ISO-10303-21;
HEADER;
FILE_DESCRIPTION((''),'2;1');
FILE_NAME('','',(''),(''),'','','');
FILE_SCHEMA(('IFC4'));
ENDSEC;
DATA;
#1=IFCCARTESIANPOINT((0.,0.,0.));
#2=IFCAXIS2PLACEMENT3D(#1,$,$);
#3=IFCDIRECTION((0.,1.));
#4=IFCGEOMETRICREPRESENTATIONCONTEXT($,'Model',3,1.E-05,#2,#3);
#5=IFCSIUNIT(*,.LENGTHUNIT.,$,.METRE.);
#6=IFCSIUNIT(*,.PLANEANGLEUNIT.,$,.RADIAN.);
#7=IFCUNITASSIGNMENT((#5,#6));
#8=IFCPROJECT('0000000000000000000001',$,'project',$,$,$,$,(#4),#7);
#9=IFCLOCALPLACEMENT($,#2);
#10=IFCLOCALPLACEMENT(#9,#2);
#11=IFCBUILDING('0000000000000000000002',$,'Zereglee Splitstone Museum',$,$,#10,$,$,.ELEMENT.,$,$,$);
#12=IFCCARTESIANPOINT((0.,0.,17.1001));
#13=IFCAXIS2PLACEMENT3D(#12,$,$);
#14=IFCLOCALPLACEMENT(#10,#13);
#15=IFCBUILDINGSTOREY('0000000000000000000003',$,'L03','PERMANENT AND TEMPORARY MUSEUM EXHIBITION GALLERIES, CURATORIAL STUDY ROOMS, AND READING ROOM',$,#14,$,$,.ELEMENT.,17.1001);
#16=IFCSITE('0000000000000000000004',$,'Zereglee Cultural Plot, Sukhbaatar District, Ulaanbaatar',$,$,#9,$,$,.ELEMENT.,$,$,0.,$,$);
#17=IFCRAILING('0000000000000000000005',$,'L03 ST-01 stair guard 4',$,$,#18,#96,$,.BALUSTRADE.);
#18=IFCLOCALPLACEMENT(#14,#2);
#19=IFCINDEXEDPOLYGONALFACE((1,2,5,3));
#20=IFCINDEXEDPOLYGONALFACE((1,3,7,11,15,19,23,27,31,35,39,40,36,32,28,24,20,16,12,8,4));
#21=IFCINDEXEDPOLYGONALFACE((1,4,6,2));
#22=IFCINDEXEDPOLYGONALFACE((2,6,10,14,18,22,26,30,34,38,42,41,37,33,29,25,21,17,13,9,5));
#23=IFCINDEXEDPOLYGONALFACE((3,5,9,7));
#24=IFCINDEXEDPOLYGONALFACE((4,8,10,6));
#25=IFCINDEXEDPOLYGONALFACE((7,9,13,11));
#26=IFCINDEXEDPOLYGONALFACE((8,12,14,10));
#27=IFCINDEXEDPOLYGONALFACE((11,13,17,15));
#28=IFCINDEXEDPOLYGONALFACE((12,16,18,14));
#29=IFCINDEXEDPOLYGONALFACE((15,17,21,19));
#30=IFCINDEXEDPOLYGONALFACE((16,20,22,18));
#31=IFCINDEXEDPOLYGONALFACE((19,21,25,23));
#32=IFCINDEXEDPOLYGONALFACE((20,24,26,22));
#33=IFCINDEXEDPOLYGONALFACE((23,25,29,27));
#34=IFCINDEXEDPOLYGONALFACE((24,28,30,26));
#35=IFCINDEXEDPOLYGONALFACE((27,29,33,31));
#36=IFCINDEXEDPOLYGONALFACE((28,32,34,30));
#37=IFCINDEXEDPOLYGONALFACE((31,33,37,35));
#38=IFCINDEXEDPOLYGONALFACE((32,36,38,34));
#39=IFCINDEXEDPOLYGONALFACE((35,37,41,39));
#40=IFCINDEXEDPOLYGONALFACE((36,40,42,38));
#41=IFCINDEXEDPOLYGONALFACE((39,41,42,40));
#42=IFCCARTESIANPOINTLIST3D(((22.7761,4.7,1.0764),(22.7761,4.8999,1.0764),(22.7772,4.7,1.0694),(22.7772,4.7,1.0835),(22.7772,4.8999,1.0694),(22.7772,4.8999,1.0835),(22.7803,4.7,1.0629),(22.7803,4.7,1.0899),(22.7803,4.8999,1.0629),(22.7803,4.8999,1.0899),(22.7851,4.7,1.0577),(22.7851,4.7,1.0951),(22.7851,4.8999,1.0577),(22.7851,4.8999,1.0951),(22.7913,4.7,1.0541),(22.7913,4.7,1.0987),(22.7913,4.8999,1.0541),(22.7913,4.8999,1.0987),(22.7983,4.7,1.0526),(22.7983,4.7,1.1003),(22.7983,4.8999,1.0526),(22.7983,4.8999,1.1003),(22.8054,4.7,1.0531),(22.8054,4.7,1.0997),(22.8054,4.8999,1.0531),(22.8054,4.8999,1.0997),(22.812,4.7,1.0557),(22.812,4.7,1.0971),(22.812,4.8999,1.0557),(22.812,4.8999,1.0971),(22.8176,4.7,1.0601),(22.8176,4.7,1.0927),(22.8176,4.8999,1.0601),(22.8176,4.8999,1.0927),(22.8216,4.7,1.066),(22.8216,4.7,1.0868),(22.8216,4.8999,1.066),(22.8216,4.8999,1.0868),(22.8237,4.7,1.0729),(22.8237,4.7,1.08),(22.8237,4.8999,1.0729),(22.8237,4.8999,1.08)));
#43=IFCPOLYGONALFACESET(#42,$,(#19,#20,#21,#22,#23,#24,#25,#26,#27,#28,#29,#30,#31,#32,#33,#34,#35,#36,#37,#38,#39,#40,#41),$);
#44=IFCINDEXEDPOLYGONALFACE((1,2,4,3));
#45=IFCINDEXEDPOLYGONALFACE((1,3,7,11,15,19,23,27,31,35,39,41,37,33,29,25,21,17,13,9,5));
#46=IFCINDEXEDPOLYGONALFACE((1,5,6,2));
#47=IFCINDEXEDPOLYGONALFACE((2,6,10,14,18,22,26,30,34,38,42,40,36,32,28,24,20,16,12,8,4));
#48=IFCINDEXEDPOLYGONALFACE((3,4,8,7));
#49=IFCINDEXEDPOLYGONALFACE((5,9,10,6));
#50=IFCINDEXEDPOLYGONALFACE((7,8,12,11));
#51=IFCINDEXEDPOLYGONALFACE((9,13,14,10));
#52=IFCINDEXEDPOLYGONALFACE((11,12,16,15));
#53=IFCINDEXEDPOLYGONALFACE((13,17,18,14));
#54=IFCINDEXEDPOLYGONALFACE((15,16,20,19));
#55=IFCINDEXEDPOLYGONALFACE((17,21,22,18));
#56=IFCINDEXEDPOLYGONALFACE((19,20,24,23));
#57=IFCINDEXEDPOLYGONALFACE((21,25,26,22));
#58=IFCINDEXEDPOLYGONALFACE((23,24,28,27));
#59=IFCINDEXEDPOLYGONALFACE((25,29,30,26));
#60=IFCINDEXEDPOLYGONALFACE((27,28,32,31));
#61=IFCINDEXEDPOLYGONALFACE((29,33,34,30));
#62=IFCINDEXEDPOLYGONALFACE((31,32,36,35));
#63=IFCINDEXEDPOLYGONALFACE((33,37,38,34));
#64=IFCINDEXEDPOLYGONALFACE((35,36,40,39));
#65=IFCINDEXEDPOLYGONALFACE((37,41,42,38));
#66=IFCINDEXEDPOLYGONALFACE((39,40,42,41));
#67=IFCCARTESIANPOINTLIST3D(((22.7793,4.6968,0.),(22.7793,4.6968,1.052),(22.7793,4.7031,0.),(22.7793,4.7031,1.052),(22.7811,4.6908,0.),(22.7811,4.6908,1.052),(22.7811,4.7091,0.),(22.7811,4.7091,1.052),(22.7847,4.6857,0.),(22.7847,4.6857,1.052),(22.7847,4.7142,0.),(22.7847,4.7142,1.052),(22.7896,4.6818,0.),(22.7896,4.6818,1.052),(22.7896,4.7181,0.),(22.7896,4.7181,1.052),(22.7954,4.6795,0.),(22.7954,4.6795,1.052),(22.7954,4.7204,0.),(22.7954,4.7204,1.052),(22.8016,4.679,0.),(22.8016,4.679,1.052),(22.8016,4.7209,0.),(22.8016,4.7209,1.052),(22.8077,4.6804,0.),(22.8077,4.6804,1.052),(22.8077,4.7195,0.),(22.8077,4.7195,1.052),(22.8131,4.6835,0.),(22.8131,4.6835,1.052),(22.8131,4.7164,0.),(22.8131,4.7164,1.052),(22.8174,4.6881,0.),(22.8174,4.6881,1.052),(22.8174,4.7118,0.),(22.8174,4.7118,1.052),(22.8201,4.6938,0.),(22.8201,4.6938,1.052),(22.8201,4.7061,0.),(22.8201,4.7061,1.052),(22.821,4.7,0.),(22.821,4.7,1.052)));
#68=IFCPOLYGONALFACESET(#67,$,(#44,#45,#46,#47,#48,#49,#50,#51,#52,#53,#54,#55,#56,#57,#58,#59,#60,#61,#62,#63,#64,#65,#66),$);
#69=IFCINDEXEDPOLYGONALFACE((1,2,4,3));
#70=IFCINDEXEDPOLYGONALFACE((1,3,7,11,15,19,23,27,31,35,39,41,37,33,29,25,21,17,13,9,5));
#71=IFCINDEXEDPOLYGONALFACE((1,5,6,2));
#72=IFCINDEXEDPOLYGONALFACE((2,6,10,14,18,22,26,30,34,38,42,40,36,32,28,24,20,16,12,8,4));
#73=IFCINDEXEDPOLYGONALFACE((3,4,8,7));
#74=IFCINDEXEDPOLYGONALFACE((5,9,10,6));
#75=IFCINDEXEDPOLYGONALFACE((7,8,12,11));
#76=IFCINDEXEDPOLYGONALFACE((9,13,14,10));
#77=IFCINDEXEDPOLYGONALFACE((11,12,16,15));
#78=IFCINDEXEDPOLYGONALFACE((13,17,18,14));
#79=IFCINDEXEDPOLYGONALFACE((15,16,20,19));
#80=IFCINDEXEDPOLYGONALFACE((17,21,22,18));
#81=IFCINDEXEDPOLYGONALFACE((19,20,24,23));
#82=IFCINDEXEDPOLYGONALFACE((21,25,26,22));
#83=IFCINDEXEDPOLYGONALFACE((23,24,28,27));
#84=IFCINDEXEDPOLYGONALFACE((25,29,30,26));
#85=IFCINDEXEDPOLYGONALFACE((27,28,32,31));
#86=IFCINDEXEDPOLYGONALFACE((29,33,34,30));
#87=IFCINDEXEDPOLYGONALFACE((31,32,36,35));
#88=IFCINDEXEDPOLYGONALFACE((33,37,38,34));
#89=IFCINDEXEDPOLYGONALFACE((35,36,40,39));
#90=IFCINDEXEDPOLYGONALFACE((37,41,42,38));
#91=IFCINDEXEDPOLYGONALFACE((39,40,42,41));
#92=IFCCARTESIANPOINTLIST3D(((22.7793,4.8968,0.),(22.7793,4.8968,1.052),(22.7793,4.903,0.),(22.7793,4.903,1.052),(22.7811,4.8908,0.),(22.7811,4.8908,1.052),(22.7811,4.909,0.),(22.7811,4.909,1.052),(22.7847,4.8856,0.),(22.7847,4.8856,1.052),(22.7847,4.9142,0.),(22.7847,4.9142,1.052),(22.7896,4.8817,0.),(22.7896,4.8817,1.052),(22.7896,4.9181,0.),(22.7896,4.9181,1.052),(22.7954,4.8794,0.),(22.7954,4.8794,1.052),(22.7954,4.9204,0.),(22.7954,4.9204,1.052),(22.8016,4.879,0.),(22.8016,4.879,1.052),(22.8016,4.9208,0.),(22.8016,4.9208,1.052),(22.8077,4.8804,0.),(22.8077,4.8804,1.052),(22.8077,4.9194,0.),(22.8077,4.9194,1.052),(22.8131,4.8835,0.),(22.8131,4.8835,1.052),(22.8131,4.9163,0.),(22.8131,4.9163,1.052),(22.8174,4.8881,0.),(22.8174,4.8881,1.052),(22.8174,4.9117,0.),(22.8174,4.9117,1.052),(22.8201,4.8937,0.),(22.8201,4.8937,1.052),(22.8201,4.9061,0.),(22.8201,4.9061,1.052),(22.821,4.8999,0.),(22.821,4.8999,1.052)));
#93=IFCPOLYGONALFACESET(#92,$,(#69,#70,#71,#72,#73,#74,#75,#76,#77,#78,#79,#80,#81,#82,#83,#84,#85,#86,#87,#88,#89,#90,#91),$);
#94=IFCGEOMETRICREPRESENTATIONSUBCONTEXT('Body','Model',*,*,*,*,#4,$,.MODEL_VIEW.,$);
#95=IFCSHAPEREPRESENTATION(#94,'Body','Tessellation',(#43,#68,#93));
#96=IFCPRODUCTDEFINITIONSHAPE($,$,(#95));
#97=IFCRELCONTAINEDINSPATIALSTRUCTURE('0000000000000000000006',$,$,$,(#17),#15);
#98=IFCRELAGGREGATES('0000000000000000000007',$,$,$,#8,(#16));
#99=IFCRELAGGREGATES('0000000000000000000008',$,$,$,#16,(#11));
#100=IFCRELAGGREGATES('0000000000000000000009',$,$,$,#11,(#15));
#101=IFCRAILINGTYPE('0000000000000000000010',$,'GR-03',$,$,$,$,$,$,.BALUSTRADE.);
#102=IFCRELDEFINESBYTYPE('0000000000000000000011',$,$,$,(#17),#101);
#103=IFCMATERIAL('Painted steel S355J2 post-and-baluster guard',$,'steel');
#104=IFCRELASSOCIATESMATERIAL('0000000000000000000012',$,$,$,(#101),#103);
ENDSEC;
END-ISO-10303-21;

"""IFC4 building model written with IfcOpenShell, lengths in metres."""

from ifc_helpers import new_model, si_unit, direction, frame, origin, origin_2d, place, context, subcontext, project, spatial, circle, extrude, material, type_object, element, save


model = new_model("IFC4")

# Units and contexts
model_context = context("Model", 3, precision=1e-05, world=origin(), true_north=direction((0.0, 1.0)))
body_context = subcontext(model_context, "Body", "Model", "MODEL_VIEW")
ifc_project = project(units=[si_unit("LENGTHUNIT", "METRE"), si_unit("PLANEANGLEUNIT", "RADIAN")], contexts=[model_context])

# Site, building, storey
site_placement = place(None, origin())
site = spatial("IfcSite", under=ifc_project, at=site_placement, Name="Zereglee Cultural Plot, Sukhbaatar District, Ulaanbaatar", CompositionType="ELEMENT", RefElevation=0.0)
building_placement = place(site_placement, origin())
building = spatial("IfcBuilding", under=site, at=building_placement, Name="Zereglee Splitstone Museum", CompositionType="ELEMENT")
storey_placement = place(building_placement, frame((0.0, 0.0, 17.1001)))
storey = spatial("IfcBuildingStorey", under=building, at=storey_placement, Name="L03", Description="PERMANENT AND TEMPORARY MUSEUM EXHIBITION GALLERIES, CURATORIAL STUDY ROOMS, AND READING ROOM", CompositionType="ELEMENT", Elevation=17.1001)

# Railing
ifc_material_1 = material(Name="Painted steel S355J2 post-and-baluster guard", Category="steel")
railing_type_1 = type_object("IfcRailingType", Name="GR-03", PredefinedType="BALUSTRADE", material=ifc_material_1)
railing_1_placement = place(storey_placement, frame((22.8, 4.7, 0.0)))
element("IfcRailing", 1, at=railing_1_placement, inside=storey, type_object=railing_type_1, Name="L03 ST-01 stair guard 4", PredefinedType="BALUSTRADE", context=body_context, shape_type="SweptSolid", body=[
    extrude(circle(Radius=0.0239, at=origin_2d()), frame((0.0, 0.0, 1.0764), z_axis=(0.0, 1.0, 0.0), x_axis=(-1.0, 0.0, 0.0)), (0.0, 0.0, 1.0), 0.2),
    extrude(circle(Radius=0.021, at=origin_2d()), origin(), (0.0, 0.0, 1.0), 1.052),
    extrude(circle(Radius=0.021, at=origin_2d()), frame((0.0, 0.2, 0.0)), (0.0, 0.0, 1.0), 1.052),
])

save(model, "model.ifc")
